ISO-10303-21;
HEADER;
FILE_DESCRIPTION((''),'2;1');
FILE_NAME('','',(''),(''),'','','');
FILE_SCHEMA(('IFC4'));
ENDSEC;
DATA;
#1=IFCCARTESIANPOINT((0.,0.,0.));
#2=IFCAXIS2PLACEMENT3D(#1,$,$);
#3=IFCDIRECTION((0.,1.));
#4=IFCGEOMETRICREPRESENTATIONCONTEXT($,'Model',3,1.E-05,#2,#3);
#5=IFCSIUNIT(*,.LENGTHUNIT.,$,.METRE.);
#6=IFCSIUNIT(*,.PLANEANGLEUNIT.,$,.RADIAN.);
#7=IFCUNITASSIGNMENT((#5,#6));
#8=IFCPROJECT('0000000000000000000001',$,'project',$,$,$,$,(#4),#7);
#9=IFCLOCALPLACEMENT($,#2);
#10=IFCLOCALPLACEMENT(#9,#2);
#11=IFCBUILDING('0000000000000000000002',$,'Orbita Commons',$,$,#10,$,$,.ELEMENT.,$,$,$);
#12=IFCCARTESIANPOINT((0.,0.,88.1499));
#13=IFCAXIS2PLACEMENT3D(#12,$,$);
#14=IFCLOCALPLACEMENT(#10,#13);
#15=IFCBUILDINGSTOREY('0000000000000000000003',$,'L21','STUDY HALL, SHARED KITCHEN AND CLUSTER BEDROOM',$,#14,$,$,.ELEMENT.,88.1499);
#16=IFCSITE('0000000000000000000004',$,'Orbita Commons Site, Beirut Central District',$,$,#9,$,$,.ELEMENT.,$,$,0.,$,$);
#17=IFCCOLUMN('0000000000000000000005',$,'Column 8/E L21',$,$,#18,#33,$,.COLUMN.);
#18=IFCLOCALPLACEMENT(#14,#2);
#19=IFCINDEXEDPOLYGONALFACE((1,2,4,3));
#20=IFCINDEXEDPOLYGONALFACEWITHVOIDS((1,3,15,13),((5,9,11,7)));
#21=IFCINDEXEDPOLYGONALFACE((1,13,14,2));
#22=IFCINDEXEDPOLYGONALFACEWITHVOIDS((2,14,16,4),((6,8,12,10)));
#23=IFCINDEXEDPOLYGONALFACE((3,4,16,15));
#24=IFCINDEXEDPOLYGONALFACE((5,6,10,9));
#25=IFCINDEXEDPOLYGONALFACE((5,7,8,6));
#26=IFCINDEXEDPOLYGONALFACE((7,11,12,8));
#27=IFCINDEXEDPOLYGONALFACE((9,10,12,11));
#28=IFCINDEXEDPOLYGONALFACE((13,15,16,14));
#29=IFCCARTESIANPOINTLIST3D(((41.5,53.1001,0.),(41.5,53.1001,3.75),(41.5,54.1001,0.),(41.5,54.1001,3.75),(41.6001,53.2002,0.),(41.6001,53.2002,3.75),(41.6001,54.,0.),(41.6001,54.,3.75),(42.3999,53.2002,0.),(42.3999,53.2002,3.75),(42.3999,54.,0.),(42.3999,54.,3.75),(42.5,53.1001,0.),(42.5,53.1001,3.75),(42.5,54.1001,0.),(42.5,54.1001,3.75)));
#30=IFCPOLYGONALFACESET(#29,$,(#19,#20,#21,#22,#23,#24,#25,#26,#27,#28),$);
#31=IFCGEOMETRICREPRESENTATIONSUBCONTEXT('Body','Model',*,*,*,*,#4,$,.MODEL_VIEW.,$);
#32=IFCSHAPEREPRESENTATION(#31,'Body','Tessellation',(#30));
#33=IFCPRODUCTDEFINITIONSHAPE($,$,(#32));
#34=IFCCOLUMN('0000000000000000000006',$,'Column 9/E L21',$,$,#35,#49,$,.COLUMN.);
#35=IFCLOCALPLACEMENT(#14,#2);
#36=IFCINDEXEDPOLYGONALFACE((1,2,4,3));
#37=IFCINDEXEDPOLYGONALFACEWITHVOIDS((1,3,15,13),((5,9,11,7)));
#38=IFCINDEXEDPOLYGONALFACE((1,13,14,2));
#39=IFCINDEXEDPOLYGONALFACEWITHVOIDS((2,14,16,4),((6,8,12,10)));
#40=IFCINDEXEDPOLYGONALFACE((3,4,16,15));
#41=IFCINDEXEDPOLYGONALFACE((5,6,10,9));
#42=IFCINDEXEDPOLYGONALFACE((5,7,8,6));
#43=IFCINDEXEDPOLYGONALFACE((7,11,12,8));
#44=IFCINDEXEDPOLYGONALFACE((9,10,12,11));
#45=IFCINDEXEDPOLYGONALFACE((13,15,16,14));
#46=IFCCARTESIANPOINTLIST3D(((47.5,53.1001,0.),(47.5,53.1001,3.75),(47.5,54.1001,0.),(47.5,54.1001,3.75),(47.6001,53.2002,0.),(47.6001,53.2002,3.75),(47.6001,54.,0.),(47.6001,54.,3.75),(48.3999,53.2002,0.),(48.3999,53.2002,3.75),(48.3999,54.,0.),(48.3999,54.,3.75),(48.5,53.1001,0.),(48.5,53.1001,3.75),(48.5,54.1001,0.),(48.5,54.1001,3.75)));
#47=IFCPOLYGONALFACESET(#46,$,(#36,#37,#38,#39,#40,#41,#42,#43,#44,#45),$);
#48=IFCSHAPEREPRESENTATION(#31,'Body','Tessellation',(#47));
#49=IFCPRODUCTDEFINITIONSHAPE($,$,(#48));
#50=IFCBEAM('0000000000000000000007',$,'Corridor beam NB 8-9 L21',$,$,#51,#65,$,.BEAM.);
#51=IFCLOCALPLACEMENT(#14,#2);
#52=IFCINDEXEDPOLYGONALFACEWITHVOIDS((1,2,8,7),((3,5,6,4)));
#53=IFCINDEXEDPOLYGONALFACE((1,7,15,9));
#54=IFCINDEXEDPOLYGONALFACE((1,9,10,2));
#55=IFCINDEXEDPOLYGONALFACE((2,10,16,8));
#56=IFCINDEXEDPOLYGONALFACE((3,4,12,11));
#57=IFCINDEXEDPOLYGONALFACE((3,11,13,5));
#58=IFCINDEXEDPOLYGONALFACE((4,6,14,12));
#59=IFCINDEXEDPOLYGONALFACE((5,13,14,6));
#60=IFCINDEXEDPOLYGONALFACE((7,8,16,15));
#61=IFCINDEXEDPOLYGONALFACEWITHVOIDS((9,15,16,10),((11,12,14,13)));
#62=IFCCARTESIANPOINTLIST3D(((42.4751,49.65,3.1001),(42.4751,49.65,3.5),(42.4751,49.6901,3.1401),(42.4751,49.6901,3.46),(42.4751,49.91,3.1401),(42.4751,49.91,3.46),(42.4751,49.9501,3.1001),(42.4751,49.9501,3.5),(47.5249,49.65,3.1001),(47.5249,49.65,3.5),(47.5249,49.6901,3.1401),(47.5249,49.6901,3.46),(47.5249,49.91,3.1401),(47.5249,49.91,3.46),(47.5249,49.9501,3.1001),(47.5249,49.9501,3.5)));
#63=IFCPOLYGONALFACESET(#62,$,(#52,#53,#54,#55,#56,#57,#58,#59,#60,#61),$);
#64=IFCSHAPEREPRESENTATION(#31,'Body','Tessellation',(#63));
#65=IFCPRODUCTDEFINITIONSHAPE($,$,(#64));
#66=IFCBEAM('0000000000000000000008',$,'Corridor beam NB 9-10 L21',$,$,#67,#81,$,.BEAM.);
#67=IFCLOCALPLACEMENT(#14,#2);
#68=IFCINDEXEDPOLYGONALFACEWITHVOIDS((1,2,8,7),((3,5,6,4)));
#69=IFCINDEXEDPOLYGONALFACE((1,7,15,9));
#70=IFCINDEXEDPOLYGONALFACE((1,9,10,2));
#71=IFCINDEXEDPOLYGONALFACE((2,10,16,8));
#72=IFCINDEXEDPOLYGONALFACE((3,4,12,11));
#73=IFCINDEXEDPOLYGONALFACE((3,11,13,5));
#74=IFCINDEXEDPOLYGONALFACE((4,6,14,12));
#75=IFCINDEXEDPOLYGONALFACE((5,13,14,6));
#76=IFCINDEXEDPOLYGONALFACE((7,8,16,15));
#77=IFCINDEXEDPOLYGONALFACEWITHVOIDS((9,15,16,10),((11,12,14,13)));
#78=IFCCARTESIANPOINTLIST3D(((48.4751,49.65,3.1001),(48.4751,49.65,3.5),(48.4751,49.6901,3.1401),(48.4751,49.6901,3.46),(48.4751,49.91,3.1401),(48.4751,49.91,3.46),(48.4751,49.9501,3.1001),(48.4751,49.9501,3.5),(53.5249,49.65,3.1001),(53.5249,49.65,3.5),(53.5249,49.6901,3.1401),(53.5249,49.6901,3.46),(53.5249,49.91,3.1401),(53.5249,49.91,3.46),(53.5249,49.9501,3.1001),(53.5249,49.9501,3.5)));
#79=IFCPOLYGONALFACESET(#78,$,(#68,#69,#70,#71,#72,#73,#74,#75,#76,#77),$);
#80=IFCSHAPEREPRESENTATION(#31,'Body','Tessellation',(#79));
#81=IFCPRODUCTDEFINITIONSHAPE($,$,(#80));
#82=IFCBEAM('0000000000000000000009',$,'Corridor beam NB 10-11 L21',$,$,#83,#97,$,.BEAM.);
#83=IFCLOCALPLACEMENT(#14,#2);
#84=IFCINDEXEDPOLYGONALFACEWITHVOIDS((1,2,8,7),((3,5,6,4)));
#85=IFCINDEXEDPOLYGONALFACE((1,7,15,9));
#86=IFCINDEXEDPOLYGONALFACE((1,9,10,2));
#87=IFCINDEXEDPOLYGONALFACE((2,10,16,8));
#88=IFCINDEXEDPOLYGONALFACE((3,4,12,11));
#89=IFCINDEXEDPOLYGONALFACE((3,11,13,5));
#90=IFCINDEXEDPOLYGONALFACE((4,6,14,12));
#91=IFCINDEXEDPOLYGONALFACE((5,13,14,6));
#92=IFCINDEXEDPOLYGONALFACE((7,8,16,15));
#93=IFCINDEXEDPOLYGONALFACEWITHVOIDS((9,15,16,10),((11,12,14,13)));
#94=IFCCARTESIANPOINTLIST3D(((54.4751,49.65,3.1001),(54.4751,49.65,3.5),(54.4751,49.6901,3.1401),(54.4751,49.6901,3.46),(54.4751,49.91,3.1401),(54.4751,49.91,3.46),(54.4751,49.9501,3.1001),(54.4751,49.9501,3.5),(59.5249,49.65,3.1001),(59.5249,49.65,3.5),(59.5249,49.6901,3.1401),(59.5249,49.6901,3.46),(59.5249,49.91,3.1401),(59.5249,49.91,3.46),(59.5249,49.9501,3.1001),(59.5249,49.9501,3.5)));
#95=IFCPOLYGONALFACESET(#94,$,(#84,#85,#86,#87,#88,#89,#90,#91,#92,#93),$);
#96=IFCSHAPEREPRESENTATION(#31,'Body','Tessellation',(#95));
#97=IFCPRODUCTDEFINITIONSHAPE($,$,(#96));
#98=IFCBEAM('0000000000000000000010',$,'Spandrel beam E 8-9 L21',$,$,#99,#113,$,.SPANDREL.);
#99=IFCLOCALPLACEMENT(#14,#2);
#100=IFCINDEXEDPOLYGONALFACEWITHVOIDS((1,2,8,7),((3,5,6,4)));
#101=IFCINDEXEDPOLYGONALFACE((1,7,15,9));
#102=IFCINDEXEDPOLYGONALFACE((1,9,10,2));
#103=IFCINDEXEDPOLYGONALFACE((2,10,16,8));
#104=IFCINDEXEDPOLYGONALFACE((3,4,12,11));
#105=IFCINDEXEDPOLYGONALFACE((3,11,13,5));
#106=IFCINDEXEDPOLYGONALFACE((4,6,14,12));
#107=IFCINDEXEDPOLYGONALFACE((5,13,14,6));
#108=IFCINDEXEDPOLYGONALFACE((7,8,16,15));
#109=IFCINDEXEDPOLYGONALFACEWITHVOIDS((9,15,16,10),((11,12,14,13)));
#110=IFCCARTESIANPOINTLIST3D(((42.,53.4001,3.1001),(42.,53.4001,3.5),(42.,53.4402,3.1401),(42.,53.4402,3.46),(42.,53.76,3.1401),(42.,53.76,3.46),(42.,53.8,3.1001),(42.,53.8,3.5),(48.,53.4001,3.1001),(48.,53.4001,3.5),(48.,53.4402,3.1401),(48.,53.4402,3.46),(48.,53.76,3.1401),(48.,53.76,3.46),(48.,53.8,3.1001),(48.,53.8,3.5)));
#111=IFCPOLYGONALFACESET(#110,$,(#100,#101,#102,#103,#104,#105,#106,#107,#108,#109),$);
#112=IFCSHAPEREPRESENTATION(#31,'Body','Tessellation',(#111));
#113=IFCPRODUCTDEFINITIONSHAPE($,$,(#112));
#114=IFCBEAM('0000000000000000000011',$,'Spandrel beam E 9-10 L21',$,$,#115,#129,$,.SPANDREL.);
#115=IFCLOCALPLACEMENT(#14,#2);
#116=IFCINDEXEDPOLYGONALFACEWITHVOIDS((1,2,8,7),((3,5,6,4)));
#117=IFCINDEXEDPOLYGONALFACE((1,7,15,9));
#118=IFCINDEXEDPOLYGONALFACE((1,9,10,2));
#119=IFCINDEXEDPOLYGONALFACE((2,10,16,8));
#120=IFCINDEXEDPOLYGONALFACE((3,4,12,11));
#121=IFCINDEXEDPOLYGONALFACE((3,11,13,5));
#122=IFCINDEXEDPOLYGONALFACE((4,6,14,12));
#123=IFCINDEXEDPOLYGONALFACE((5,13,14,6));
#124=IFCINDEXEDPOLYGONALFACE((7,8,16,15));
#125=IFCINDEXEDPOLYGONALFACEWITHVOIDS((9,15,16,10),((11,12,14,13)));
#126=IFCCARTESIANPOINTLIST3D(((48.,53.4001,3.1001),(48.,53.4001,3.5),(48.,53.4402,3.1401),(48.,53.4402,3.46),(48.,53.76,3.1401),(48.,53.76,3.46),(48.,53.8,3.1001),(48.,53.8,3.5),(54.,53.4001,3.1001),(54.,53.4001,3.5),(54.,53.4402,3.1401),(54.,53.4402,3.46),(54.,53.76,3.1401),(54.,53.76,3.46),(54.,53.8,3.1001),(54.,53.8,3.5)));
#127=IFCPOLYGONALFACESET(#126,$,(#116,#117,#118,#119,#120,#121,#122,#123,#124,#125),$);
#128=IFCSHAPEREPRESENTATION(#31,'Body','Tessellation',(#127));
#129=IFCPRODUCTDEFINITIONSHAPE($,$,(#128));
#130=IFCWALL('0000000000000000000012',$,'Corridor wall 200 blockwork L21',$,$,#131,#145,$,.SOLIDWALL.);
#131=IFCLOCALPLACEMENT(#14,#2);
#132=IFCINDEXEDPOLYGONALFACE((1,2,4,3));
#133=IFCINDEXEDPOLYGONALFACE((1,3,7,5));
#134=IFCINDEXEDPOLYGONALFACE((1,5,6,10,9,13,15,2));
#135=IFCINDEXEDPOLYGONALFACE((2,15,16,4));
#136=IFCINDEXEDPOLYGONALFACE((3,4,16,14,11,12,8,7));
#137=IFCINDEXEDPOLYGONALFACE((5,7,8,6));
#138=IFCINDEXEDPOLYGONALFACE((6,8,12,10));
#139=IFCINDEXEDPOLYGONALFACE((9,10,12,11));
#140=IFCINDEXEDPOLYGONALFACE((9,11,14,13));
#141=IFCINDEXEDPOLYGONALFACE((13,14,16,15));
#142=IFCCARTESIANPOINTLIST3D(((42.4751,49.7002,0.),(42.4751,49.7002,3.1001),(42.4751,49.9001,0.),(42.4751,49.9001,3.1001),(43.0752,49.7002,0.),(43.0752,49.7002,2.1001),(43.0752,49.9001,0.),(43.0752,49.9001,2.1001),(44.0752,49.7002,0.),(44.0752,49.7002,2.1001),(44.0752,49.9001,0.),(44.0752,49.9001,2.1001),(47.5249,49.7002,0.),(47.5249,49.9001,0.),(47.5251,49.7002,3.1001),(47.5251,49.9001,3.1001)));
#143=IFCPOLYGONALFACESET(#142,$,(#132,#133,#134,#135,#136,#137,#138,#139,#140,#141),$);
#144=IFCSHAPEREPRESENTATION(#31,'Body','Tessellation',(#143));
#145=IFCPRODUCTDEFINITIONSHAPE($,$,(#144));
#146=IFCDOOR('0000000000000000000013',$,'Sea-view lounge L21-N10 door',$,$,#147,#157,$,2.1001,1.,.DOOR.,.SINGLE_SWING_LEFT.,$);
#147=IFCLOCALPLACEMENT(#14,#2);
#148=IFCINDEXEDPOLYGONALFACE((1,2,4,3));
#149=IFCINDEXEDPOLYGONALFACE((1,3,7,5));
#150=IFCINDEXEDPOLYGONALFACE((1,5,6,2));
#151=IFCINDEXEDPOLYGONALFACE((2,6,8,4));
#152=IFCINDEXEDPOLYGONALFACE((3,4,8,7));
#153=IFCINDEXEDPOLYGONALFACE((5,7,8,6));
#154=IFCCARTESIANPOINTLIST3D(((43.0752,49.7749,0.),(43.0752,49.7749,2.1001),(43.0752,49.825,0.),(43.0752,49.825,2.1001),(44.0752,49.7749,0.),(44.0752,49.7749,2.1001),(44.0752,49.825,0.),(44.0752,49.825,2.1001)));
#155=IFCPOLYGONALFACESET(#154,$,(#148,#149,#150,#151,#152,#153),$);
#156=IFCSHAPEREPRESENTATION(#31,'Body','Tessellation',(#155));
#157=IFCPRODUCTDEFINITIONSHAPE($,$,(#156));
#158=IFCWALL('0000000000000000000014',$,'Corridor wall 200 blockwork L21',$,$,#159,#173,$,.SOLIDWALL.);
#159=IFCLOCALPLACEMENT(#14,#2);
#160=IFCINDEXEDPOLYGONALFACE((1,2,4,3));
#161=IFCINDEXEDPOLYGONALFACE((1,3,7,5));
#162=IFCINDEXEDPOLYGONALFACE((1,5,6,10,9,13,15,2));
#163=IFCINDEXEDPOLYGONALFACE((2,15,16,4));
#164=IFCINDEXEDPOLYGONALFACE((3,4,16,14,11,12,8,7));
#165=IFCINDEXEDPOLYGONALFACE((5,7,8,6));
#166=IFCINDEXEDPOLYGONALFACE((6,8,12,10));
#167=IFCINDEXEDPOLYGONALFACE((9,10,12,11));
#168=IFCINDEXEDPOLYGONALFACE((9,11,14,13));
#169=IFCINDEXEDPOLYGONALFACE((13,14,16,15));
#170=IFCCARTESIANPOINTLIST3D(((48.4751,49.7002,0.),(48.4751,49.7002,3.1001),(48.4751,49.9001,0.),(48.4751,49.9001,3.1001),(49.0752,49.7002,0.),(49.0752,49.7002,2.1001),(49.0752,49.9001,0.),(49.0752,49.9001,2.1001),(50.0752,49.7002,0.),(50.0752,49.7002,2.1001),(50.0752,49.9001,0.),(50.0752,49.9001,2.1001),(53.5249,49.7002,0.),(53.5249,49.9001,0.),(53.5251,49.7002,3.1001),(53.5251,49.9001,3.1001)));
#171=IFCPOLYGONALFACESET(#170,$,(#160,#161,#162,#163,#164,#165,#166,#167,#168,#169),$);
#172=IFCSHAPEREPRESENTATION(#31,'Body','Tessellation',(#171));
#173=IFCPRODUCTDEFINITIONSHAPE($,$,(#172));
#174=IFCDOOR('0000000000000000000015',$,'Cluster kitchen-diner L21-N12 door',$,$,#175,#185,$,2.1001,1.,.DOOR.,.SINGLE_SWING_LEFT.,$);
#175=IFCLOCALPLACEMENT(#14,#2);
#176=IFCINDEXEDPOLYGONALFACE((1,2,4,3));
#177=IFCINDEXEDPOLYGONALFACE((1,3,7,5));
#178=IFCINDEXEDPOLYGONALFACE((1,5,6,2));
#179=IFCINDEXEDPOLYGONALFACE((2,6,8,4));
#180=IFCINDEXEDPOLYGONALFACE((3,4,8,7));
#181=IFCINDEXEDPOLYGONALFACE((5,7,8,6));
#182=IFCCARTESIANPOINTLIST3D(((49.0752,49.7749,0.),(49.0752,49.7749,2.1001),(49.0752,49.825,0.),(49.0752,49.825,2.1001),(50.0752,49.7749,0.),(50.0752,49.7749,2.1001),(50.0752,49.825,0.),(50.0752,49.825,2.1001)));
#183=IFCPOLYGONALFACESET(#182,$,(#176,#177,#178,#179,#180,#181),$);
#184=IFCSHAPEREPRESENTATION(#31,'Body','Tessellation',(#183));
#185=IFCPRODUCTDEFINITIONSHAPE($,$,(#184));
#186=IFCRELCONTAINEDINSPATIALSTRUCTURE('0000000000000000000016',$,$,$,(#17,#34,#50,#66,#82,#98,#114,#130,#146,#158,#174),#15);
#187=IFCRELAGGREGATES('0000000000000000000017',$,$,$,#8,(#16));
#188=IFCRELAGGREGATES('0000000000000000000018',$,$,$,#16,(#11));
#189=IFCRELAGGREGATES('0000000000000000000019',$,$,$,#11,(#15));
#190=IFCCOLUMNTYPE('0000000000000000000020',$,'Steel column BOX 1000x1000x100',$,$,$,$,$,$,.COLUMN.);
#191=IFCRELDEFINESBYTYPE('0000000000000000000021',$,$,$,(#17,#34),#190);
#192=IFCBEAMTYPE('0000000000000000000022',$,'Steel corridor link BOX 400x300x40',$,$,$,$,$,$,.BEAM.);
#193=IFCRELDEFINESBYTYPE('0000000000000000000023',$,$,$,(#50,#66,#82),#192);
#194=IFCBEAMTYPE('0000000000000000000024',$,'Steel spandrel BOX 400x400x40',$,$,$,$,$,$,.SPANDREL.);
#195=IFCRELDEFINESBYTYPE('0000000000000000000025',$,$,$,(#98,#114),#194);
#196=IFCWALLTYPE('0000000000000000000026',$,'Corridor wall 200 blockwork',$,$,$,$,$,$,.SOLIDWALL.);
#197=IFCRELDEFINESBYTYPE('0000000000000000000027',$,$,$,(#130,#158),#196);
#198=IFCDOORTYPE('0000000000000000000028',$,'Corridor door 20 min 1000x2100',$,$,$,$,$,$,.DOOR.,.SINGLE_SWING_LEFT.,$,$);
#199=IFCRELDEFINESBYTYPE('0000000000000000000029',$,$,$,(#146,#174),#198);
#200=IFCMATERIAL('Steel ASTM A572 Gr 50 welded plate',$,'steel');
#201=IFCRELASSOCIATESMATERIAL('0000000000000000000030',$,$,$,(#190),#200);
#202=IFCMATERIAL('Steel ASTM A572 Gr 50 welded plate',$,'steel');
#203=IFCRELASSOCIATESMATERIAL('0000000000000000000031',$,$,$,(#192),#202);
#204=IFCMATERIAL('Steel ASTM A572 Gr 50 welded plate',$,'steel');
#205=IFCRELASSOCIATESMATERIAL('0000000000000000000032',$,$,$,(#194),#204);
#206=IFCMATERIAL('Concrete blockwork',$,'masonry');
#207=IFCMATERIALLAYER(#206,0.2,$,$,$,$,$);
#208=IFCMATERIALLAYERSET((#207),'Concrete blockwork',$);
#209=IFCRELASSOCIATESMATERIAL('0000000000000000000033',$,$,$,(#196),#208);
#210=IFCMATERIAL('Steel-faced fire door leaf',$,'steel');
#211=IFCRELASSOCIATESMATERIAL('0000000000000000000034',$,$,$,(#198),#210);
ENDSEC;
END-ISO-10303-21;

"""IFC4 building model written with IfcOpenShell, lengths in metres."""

from ifc_helpers import new_model, si_unit, direction, frame, frame_2d, origin, origin_2d, place, context, subcontext, project, spatial, polyline, rectangle, hollow_rectangle, outline, extrude, material, layer, layer_set, material_profile, profile_set, type_object, element, fill, save


model = new_model("IFC4")

# Units and contexts
model_context = context("Model", 3, precision=1e-05, world=origin(), true_north=direction((0.0, 1.0)))
body_context = subcontext(model_context, "Body", "Model", "MODEL_VIEW")
ifc_project = project(units=[si_unit("LENGTHUNIT", "METRE"), si_unit("PLANEANGLEUNIT", "RADIAN")], contexts=[model_context])

# Site, building, storey
site_placement = place(None, origin())
site = spatial("IfcSite", under=ifc_project, at=site_placement, Name="Orbita Commons Site, Beirut Central District", CompositionType="ELEMENT", RefElevation=0.0)
building_placement = place(site_placement, origin())
building = spatial("IfcBuilding", under=site, at=building_placement, Name="Orbita Commons", CompositionType="ELEMENT")
storey_placement = place(building_placement, frame((0.0, 0.0, 88.1499)))
storey = spatial("IfcBuildingStorey", under=building, at=storey_placement, Name="L21", Description="STUDY HALL, SHARED KITCHEN AND CLUSTER BEDROOM", CompositionType="ELEMENT", Elevation=88.1499)

# Columns
ifc_material_1 = material(Name="Steel ASTM A572 Gr 50 welded plate", Category="steel")
ifc_material_profile_1 = material_profile(ifc_material_1, hollow_rectangle(XDim=1.0, YDim=1.0, WallThickness=0.1001, at=origin_2d()), Name="BOX 1000x1000x100")
ifc_profile_set_1 = profile_set([ifc_material_profile_1], Name="Steel ASTM A572 Gr 50 welded plate")
column_type = type_object("IfcColumnType", Name="Steel column BOX 1000x1000x100", PredefinedType="COLUMN", material=ifc_profile_set_1)
for number, where, z_axis, x_axis, name in (
    (1, (42.0, 53.6001, 0.0), (0.0, 0.0, 1.0), (1.0, 0.0, 0.0), "Column 8/E L21"),
    (2, (48.0, 53.6001, 0.0), (0.0, 0.0, 1.0), (1.0, 0.0, 0.0), "Column 9/E L21"),
):
    element("IfcColumn", number, at=place(storey_placement, frame(where, z_axis=z_axis, x_axis=x_axis)), inside=storey, type_object=column_type, Name=name, PredefinedType="COLUMN", context=body_context, shape_type="SweptSolid", body=[
        extrude(hollow_rectangle(XDim=1.0, YDim=1.0, WallThickness=0.1001, at=origin_2d()), origin(), (0.0, 0.0, 1.0), 3.75),
    ])

# Beams
ifc_material_2 = material(Name="Steel ASTM A572 Gr 50 welded plate", Category="steel")
ifc_material_profile_2 = material_profile(ifc_material_2, hollow_rectangle(XDim=0.3, YDim=0.3999, WallThickness=0.04, at=origin_2d()), Name="BOX 400x300x40")
ifc_profile_set_2 = profile_set([ifc_material_profile_2], Name="Steel ASTM A572 Gr 50 welded plate")
beam_type_1 = type_object("IfcBeamType", Name="Steel corridor link BOX 400x300x40", PredefinedType="BEAM", material=ifc_profile_set_2)
for number, where, z_axis, x_axis, name in (
    (3, (42.4751, 49.8, 3.3), (1.0, 0.0, 0.0), (0.0, 1.0, 0.0), "Corridor beam NB 8-9 L21"),
    (4, (48.4751, 49.8, 3.3), (1.0, 0.0, 0.0), (0.0, 1.0, 0.0), "Corridor beam NB 9-10 L21"),
    (5, (54.4751, 49.8, 3.3), (1.0, 0.0, 0.0), (0.0, 1.0, 0.0), "Corridor beam NB 10-11 L21"),
):
    element("IfcBeam", number, at=place(storey_placement, frame(where, z_axis=z_axis, x_axis=x_axis)), inside=storey, type_object=beam_type_1, Name=name, PredefinedType="BEAM", context=body_context, shape_type="SweptSolid", body=[
        extrude(hollow_rectangle(XDim=0.3, YDim=0.3999, WallThickness=0.04, at=origin_2d()), origin(), (0.0, 0.0, 1.0), 5.0498),
    ])
ifc_material_3 = material(Name="Steel ASTM A572 Gr 50 welded plate", Category="steel")
ifc_material_profile_3 = material_profile(ifc_material_3, hollow_rectangle(XDim=0.3999, YDim=0.3999, WallThickness=0.04, at=origin_2d()), Name="BOX 400x400x40")
ifc_profile_set_3 = profile_set([ifc_material_profile_3], Name="Steel ASTM A572 Gr 50 welded plate")
beam_type_2 = type_object("IfcBeamType", Name="Steel spandrel BOX 400x400x40", PredefinedType="SPANDREL", material=ifc_profile_set_3)
for number, where, z_axis, x_axis, name in (
    (6, (42.0, 53.6001, 3.3), (1.0, 0.0, 0.0), (0.0, 1.0, 0.0), "Spandrel beam E 8-9 L21"),
    (7, (48.0, 53.6001, 3.3), (1.0, 0.0, 0.0), (0.0, 1.0, 0.0), "Spandrel beam E 9-10 L21"),
):
    element("IfcBeam", number, at=place(storey_placement, frame(where, z_axis=z_axis, x_axis=x_axis)), inside=storey, type_object=beam_type_2, Name=name, PredefinedType="SPANDREL", context=body_context, shape_type="SweptSolid", body=[
        extrude(hollow_rectangle(XDim=0.3999, YDim=0.3999, WallThickness=0.04, at=origin_2d()), origin(), (0.0, 0.0, 1.0), 6.0),
    ])

# Walls, openings, doors
ifc_material_4 = material(Name="Concrete blockwork", Category="masonry")
ifc_layer_1 = layer(ifc_material_4, 0.2)
ifc_layer_set_1 = layer_set([ifc_layer_1], Name="Concrete blockwork")
wall_type_1 = type_object("IfcWallType", Name="Corridor wall 200 blockwork", PredefinedType="SOLIDWALL", material=ifc_layer_set_1)
wall_1_placement = place(storey_placement, frame((42.4751, 49.8, 0.0), z_axis=(0.0, 0.0, 1.0), x_axis=(1.0, 0.0, 0.0)))
wall_1 = element("IfcWall", 8, at=wall_1_placement, inside=storey, type_object=wall_type_1, Name="Corridor wall 200 blockwork L21", PredefinedType="SOLIDWALL", context=body_context, shape_type="SweptSolid", body=[
    extrude(outline(polyline([(0.0, 0.0), (5.0498, 0.0), (5.05, 3.1001), (0.0, 3.1001), (0.0, 0.0)])), frame((0.0, 0.1001, 0.0), z_axis=(0.0, -1.0, 0.0), x_axis=(1.0, 0.0, 0.0)), (0.0, 0.0, 1.0), 0.2),
])
opening_1_placement = place(wall_1_placement, frame((0.6001, 0.0, 0.0)))
opening_1 = element("IfcOpeningElement", 9, at=opening_1_placement, cuts=wall_1, PredefinedType="OPENING", context=body_context, shape_type="SweptSolid", body=[
    extrude(rectangle(XDim=1.0, YDim=2.1001, at=frame_2d((0.5, 1.05))), frame((0.0, 0.1099, 0.0), z_axis=(0.0, -1.0, 0.0), x_axis=(1.0, 0.0, 0.0)), (0.0, 0.0, 1.0), 0.22),
])
ifc_material_5 = material(Name="Steel-faced fire door leaf", Category="steel")
door_type_1 = type_object("IfcDoorType", Name="Corridor door 20 min 1000x2100", OperationType="SINGLE_SWING_LEFT", PredefinedType="DOOR", material=ifc_material_5)
door_1_placement = place(opening_1_placement, origin())
door_1 = element("IfcDoor", 10, at=door_1_placement, inside=storey, type_object=door_type_1, Name="Sea-view lounge L21-N10 door", OperationType="SINGLE_SWING_LEFT", OverallHeight=2.1001, OverallWidth=1.0, PredefinedType="DOOR", context=body_context, shape_type="SweptSolid", body=[
    extrude(rectangle(XDim=1.0, YDim=2.1001, at=frame_2d((0.5, 1.05))), frame((0.0, 0.0249, 0.0), z_axis=(0.0, -1.0, 0.0), x_axis=(1.0, 0.0, 0.0)), (0.0, 0.0, 1.0), 0.05),
])
fill(opening_1, door_1)
wall_2_placement = place(storey_placement, frame((48.4751, 49.8, 0.0), z_axis=(0.0, 0.0, 1.0), x_axis=(1.0, 0.0, 0.0)))
wall_2 = element("IfcWall", 11, at=wall_2_placement, inside=storey, type_object=wall_type_1, Name="Corridor wall 200 blockwork L21", PredefinedType="SOLIDWALL", context=body_context, shape_type="SweptSolid", body=[
    extrude(outline(polyline([(0.0, 0.0), (5.0498, 0.0), (5.05, 3.1001), (0.0, 3.1001), (0.0, 0.0)])), frame((0.0, 0.1001, 0.0), z_axis=(0.0, -1.0, 0.0), x_axis=(1.0, 0.0, 0.0)), (0.0, 0.0, 1.0), 0.2),
])
opening_2_placement = place(wall_2_placement, frame((0.6001, 0.0, 0.0)))
opening_2 = element("IfcOpeningElement", 12, at=opening_2_placement, cuts=wall_2, PredefinedType="OPENING", context=body_context, shape_type="SweptSolid", body=[
    extrude(rectangle(XDim=1.0, YDim=2.1001, at=frame_2d((0.5, 1.05))), frame((0.0, 0.1099, 0.0), z_axis=(0.0, -1.0, 0.0), x_axis=(1.0, 0.0, 0.0)), (0.0, 0.0, 1.0), 0.22),
])
door_2_placement = place(opening_2_placement, origin())
door_2 = element("IfcDoor", 13, at=door_2_placement, inside=storey, type_object=door_type_1, Name="Cluster kitchen-diner L21-N12 door", OperationType="SINGLE_SWING_LEFT", OverallHeight=2.1001, OverallWidth=1.0, PredefinedType="DOOR", context=body_context, shape_type="SweptSolid", body=[
    extrude(rectangle(XDim=1.0, YDim=2.1001, at=frame_2d((0.5, 1.05))), frame((0.0, 0.0249, 0.0), z_axis=(0.0, -1.0, 0.0), x_axis=(1.0, 0.0, 0.0)), (0.0, 0.0, 1.0), 0.05),
])
fill(opening_2, door_2)

save(model, "model.ifc")
